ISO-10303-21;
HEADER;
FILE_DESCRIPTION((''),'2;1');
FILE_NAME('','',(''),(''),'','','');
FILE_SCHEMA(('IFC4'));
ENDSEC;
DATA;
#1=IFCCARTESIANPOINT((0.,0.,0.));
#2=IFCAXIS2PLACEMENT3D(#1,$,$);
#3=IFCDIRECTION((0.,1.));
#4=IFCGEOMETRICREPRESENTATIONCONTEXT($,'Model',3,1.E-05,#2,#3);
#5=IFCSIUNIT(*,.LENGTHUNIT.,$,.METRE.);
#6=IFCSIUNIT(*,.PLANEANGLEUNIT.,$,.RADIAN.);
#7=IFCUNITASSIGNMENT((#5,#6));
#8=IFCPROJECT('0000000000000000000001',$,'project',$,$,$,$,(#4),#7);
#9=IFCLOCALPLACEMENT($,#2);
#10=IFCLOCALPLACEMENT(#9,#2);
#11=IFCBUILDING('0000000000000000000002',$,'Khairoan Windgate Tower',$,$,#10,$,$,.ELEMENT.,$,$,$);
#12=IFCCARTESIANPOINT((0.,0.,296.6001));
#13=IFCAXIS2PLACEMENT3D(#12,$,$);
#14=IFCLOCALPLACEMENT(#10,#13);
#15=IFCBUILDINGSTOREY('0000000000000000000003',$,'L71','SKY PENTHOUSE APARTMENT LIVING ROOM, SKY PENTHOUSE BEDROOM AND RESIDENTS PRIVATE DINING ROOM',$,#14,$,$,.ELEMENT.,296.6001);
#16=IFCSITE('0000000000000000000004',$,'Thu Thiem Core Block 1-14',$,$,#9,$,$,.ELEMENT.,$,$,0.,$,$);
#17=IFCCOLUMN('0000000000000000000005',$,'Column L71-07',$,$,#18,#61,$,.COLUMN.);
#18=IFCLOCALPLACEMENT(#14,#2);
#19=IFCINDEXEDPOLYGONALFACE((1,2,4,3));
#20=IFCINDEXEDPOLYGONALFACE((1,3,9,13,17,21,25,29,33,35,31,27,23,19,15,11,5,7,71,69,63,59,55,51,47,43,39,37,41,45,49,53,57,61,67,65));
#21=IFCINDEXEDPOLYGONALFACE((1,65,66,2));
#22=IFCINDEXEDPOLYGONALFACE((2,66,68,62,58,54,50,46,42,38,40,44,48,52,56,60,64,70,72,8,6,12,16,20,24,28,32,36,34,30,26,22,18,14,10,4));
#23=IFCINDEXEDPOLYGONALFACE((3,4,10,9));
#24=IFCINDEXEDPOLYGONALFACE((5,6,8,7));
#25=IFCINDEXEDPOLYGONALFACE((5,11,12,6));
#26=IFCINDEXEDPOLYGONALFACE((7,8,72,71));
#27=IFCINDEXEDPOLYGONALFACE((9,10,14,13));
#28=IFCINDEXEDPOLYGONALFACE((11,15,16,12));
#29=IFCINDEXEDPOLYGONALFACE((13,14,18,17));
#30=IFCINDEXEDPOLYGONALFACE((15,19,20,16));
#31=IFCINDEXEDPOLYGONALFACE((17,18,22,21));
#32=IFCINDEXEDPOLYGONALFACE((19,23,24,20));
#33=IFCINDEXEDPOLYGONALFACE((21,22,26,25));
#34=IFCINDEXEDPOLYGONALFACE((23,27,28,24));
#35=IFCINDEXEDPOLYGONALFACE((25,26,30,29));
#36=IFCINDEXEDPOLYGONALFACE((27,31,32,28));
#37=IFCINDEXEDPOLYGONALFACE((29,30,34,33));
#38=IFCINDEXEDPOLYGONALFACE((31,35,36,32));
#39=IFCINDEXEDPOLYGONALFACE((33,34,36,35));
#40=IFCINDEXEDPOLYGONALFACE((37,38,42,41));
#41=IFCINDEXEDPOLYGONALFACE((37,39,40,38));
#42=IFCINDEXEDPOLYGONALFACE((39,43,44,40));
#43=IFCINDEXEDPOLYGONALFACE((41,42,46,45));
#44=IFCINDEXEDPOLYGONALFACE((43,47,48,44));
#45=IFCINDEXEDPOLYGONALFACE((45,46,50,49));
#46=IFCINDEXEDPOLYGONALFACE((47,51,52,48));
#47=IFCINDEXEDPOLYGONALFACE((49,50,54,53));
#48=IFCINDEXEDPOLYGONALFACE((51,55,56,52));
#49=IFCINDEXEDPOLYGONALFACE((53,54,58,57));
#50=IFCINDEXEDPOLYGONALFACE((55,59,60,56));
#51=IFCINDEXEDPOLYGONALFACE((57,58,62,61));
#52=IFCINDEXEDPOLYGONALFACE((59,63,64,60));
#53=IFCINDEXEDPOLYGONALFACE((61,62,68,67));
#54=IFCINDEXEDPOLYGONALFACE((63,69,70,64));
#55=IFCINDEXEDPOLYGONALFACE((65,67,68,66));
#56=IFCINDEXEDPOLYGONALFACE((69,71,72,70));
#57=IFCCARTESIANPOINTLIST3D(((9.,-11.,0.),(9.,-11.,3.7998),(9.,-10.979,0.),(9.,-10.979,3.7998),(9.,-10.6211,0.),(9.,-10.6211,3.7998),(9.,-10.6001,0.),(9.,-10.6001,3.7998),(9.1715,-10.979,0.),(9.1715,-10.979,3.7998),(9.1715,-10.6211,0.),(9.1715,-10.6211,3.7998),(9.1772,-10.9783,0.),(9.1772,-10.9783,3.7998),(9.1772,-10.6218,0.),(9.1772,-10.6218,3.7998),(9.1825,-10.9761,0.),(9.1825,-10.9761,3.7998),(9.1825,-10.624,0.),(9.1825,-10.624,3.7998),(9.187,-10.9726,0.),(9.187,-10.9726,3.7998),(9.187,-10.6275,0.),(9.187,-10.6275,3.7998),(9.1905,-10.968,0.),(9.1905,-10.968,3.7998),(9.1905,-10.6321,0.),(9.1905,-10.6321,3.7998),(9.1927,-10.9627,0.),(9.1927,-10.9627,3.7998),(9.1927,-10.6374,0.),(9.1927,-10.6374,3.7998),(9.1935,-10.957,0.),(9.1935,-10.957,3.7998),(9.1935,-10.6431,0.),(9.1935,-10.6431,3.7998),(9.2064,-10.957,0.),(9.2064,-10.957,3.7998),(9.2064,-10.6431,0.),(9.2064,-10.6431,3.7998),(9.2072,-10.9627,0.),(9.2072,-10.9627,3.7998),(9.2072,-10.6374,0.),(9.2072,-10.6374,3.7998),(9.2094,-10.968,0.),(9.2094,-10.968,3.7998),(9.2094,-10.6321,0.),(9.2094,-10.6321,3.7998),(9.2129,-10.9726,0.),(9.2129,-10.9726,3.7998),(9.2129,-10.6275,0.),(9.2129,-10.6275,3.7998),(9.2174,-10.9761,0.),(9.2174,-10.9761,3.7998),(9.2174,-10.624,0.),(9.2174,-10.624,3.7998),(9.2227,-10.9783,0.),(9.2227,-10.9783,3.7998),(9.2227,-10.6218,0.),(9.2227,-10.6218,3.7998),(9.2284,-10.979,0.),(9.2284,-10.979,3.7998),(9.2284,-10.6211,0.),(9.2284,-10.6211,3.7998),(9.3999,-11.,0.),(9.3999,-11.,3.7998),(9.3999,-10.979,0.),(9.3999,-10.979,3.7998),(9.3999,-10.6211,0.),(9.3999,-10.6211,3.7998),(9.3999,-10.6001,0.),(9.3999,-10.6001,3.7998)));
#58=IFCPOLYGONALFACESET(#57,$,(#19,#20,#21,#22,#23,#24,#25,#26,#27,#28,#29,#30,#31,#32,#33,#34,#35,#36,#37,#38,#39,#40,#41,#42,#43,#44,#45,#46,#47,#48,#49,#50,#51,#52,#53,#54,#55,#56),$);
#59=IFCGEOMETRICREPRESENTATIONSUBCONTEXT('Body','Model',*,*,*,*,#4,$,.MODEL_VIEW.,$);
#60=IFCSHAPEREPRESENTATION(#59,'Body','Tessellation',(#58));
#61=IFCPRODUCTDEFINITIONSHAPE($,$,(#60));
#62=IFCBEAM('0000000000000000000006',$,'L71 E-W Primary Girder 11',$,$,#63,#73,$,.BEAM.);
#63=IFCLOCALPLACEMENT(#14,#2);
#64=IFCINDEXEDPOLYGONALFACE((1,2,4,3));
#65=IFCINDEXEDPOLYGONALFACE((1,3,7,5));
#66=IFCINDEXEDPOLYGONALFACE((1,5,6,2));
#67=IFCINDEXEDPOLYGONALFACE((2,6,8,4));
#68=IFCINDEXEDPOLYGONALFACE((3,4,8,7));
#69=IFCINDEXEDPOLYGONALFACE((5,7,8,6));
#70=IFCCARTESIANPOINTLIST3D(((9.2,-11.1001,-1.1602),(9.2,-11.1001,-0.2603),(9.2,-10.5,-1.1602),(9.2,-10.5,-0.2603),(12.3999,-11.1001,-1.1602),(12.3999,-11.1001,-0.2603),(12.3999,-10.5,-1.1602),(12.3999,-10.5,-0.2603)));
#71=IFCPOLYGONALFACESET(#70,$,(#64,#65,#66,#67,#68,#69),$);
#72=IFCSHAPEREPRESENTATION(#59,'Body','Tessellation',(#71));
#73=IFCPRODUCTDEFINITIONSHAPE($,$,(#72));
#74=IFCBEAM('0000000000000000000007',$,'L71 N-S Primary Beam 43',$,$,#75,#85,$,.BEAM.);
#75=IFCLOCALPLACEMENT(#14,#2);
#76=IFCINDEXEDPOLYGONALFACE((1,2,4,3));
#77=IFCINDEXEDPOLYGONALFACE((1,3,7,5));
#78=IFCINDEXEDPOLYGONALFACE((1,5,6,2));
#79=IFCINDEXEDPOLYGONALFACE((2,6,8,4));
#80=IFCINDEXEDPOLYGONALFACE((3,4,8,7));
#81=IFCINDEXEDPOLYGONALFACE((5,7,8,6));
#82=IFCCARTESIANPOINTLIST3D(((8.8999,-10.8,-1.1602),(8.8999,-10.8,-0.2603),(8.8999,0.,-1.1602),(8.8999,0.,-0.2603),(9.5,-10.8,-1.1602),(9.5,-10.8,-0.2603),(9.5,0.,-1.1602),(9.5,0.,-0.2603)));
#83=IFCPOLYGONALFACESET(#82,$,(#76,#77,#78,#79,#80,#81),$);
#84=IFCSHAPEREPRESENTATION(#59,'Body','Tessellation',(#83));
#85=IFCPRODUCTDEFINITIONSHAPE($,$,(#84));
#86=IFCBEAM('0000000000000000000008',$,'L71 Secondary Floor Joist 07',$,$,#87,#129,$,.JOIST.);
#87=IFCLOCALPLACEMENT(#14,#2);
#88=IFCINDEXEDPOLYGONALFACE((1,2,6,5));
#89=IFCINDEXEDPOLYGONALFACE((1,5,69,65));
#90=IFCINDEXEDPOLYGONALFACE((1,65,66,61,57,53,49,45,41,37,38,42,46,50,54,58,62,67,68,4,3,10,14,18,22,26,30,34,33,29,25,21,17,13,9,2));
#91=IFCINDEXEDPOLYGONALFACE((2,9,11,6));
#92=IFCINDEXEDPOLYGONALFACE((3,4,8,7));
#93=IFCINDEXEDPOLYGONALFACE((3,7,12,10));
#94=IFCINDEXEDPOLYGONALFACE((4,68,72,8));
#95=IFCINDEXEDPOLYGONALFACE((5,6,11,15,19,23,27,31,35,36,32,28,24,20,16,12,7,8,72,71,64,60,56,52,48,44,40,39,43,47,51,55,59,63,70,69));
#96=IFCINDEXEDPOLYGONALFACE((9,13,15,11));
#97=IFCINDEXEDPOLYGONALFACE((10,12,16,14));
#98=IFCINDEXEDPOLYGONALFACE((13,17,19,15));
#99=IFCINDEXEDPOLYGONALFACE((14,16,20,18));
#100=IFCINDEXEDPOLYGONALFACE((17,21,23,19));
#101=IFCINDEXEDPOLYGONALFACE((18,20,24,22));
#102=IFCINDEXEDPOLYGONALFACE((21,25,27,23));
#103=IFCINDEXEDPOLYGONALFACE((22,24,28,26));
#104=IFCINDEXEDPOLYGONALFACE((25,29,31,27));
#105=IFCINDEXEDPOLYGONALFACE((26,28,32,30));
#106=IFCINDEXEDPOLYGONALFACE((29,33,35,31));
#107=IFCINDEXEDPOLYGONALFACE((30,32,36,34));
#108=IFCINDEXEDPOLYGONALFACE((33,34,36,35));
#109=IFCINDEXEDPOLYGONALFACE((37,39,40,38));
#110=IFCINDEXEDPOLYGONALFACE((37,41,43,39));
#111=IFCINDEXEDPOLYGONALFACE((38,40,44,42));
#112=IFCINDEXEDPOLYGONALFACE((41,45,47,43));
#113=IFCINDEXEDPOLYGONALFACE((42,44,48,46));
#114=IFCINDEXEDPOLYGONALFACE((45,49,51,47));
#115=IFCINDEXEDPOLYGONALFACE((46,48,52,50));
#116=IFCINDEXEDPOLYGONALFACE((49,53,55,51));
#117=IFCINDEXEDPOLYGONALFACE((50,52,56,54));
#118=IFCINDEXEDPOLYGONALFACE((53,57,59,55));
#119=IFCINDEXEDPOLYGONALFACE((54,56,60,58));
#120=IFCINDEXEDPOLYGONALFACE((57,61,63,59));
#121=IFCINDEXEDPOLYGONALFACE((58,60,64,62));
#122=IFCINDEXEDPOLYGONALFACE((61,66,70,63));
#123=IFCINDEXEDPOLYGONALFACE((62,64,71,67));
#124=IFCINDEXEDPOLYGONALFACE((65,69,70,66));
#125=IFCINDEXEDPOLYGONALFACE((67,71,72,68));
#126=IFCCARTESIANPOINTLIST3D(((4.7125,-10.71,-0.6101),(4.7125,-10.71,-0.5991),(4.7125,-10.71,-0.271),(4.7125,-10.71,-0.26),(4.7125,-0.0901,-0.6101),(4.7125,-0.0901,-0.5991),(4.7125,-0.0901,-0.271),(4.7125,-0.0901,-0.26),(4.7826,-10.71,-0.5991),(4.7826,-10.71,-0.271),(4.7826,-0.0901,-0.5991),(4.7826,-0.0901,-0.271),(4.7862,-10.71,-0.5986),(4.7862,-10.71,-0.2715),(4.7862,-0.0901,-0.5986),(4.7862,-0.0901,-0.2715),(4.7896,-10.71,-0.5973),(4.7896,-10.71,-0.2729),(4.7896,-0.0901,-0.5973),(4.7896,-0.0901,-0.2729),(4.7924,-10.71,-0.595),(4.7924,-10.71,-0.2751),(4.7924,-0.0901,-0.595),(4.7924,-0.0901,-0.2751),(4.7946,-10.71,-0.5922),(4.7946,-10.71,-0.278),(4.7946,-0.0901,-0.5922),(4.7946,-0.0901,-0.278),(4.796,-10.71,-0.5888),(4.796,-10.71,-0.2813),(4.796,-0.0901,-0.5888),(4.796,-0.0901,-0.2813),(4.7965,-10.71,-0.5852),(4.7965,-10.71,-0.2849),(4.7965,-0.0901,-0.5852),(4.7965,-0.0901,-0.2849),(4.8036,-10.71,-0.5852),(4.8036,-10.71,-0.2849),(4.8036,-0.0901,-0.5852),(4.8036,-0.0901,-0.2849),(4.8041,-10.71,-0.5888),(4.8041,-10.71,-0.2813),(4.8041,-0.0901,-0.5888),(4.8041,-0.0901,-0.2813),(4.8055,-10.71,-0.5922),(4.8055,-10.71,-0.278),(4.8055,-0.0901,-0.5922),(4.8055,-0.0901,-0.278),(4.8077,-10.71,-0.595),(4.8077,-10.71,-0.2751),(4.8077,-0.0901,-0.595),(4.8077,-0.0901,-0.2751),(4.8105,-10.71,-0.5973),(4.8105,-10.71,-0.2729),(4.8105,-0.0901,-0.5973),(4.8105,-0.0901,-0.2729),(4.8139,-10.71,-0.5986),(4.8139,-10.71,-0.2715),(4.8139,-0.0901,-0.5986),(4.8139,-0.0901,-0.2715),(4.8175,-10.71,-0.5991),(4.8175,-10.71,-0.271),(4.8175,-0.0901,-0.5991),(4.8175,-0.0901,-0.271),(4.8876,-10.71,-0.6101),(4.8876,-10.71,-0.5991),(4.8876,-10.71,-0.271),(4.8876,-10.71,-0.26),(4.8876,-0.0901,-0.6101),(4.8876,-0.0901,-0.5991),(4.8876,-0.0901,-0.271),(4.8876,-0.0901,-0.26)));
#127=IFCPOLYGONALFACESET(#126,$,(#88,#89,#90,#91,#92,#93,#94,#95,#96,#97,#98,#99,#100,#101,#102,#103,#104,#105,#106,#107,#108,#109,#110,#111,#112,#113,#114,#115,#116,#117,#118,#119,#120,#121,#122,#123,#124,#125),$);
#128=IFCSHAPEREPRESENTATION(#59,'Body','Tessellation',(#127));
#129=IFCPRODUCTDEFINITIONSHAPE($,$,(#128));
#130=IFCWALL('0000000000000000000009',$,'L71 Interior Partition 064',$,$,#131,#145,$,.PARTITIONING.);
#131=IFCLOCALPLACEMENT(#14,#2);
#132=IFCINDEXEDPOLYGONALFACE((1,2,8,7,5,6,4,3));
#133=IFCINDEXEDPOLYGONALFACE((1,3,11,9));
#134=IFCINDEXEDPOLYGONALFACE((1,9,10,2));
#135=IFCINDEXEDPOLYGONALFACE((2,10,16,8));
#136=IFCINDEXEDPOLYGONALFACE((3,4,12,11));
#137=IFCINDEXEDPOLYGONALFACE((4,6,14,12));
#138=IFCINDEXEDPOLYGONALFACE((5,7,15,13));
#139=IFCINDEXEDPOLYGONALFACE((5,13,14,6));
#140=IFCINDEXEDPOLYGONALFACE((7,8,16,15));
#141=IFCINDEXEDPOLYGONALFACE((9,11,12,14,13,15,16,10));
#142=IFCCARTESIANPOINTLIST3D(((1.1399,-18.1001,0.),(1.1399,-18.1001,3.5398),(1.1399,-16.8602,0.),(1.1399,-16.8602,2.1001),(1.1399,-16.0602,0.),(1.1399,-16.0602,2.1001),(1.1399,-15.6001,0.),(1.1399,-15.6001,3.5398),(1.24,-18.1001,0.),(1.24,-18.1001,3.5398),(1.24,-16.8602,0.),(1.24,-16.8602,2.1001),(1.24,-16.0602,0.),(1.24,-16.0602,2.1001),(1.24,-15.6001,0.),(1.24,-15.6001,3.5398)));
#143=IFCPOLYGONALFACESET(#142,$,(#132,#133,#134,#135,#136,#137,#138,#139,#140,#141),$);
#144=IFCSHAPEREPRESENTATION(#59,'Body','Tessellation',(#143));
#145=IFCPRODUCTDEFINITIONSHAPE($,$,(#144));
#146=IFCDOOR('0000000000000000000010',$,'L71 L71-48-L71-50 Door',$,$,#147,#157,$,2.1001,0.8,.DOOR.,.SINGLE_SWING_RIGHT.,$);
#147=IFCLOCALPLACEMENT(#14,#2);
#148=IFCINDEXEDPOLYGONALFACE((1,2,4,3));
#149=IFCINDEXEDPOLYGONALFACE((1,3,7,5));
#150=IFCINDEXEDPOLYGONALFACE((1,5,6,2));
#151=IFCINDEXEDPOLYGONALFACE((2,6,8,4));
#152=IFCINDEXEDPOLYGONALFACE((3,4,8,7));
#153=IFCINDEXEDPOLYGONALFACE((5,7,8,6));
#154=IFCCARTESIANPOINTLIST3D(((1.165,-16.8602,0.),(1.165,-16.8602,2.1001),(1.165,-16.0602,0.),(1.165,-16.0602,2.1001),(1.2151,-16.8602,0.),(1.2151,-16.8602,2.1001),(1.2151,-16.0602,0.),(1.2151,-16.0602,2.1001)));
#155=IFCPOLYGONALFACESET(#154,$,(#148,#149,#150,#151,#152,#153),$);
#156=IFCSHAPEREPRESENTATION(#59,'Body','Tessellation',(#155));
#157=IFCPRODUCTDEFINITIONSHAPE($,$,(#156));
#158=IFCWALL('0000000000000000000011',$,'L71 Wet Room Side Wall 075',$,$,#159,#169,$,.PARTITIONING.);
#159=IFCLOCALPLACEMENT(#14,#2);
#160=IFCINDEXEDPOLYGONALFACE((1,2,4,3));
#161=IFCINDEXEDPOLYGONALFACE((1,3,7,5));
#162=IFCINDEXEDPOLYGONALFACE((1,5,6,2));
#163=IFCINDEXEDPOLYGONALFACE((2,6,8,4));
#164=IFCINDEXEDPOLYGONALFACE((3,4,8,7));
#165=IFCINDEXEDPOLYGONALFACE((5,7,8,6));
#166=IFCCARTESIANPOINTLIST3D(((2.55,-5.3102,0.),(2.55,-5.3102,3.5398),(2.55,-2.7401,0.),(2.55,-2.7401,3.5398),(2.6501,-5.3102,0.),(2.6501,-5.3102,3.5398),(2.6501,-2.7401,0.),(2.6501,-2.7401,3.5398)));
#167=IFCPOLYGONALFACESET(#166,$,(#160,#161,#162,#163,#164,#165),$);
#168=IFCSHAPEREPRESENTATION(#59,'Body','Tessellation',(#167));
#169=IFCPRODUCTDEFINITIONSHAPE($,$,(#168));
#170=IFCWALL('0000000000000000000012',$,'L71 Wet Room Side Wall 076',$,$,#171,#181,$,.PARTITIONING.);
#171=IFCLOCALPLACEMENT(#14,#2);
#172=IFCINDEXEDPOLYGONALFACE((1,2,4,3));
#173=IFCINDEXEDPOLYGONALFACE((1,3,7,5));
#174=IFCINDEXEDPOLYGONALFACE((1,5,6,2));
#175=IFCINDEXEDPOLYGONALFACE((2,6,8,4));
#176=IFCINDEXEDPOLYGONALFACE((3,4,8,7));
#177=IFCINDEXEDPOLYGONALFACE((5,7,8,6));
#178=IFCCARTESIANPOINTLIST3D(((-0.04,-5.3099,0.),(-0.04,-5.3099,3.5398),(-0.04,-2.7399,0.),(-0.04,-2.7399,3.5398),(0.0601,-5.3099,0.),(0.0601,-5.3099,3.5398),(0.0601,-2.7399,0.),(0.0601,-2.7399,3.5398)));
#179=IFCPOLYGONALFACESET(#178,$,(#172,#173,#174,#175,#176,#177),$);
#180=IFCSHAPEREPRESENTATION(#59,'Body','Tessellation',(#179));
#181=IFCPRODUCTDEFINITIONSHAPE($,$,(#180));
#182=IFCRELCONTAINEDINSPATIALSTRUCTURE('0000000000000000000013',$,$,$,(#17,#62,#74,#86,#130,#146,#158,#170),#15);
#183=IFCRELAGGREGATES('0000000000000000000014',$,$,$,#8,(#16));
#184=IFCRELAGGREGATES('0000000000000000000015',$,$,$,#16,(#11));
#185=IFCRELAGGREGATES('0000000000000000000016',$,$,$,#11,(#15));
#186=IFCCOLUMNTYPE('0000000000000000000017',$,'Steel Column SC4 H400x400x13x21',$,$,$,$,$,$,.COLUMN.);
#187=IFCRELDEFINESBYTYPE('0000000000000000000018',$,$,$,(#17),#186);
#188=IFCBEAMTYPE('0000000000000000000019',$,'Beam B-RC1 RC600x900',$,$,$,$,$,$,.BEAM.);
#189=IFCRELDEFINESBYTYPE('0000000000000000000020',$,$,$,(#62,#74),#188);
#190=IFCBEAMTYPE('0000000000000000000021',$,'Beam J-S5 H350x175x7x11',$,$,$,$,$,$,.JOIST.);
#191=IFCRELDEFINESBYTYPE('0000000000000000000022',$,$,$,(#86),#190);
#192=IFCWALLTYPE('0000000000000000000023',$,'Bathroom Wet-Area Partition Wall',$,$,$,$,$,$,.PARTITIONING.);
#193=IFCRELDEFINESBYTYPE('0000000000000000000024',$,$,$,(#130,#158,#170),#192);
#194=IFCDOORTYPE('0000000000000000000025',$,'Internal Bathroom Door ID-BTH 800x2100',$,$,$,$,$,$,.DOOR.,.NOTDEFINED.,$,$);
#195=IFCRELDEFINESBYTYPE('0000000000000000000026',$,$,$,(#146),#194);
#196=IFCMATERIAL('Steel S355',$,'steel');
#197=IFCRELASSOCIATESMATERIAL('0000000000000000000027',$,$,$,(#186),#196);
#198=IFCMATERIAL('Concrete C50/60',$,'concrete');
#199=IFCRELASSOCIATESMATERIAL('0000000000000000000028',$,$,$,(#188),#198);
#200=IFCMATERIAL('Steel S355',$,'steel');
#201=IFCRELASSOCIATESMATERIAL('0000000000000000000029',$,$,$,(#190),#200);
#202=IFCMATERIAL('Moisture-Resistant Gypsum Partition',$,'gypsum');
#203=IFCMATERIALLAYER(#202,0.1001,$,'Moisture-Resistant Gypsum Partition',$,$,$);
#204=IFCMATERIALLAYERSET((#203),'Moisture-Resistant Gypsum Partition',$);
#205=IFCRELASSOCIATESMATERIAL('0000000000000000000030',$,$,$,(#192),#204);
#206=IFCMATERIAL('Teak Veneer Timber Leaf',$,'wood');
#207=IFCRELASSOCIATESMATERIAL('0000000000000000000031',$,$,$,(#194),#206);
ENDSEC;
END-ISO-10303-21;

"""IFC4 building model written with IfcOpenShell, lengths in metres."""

from ifc_helpers import new_model, si_unit, direction, frame, frame_2d, origin, origin_2d, place, context, subcontext, project, spatial, rectangle, i_section, extrude, material, layer, layer_set, material_profile, profile_set, type_object, element, fill, save


model = new_model("IFC4")

# Units and contexts
model_context = context("Model", 3, precision=1e-05, world=origin(), true_north=direction((0.0, 1.0)))
body_context = subcontext(model_context, "Body", "Model", "MODEL_VIEW")
ifc_project = project(units=[si_unit("LENGTHUNIT", "METRE"), si_unit("PLANEANGLEUNIT", "RADIAN")], contexts=[model_context])

# Site, building, storey
site_placement = place(None, origin())
site = spatial("IfcSite", under=ifc_project, at=site_placement, Name="Thu Thiem Core Block 1-14", CompositionType="ELEMENT", RefElevation=0.0)
building_placement = place(site_placement, origin())
building = spatial("IfcBuilding", under=site, at=building_placement, Name="Khairoan Windgate Tower", CompositionType="ELEMENT")
storey_placement = place(building_placement, frame((0.0, 0.0, 296.6001)))
storey = spatial("IfcBuildingStorey", under=building, at=storey_placement, Name="L71", Description="SKY PENTHOUSE APARTMENT LIVING ROOM, SKY PENTHOUSE BEDROOM AND RESIDENTS PRIVATE DINING ROOM", CompositionType="ELEMENT", Elevation=296.6001)

# Column
ifc_material_1 = material(Name="Steel S355", Category="steel")
ifc_material_profile_1 = material_profile(ifc_material_1, i_section(OverallWidth=0.3999, OverallDepth=0.3999, WebThickness=0.0129, FlangeThickness=0.021, FilletRadius=0.022, at=origin_2d()))
ifc_profile_set_1 = profile_set([ifc_material_profile_1], Name="Steel S355")
column_type = type_object("IfcColumnType", Name="Steel Column SC4 H400x400x13x21", PredefinedType="COLUMN", material=ifc_profile_set_1)
column_placement = place(storey_placement, frame((9.2, -10.8, 0.0), z_axis=(0.0, 0.0, 1.0), x_axis=(1.0, 0.0, 0.0)))
element("IfcColumn", 1, at=column_placement, inside=storey, type_object=column_type, Name="Column L71-07", PredefinedType="COLUMN", context=body_context, shape_type="SweptSolid", body=[
    extrude(i_section(OverallWidth=0.3999, OverallDepth=0.3999, WebThickness=0.0129, FlangeThickness=0.021, FilletRadius=0.022, at=origin_2d()), origin(), (0.0, 0.0, 1.0), 3.7998),
])

# Beams
ifc_material_2 = material(Name="Concrete C50/60", Category="concrete")
ifc_material_profile_2 = material_profile(ifc_material_2, rectangle(XDim=0.6001, YDim=0.8999, at=origin_2d()))
ifc_profile_set_2 = profile_set([ifc_material_profile_2], Name="Concrete C50/60")
beam_type_1 = type_object("IfcBeamType", Name="Beam B-RC1 RC600x900", PredefinedType="BEAM", material=ifc_profile_set_2)
beam_1_placement = place(storey_placement, frame((9.2, -10.8, -0.7102), z_axis=(1.0, 0.0, 0.0), x_axis=(0.0, 1.0, 0.0)))
element("IfcBeam", 2, at=beam_1_placement, inside=storey, type_object=beam_type_1, Name="L71 E-W Primary Girder 11", PredefinedType="BEAM", context=body_context, shape_type="SweptSolid", body=[
    extrude(rectangle(XDim=0.6001, YDim=0.8999, at=origin_2d()), origin(), (0.0, 0.0, 1.0), 3.2),
])
beam_2_placement = place(storey_placement, frame((9.2, -10.8, -0.7102), z_axis=(0.0, 1.0, 0.0), x_axis=(-1.0, 0.0, 0.0)))
element("IfcBeam", 3, at=beam_2_placement, inside=storey, type_object=beam_type_1, Name="L71 N-S Primary Beam 43", PredefinedType="BEAM", context=body_context, shape_type="SweptSolid", body=[
    extrude(rectangle(XDim=0.6001, YDim=0.8999, at=origin_2d()), origin(), (0.0, 0.0, 1.0), 10.8),
])
ifc_material_3 = material(Name="Steel S355", Category="steel")
ifc_material_profile_3 = material_profile(ifc_material_3, i_section(OverallWidth=0.175, OverallDepth=0.3501, WebThickness=0.0071, FlangeThickness=0.011, FilletRadius=0.0139, at=origin_2d()))
ifc_profile_set_3 = profile_set([ifc_material_profile_3], Name="Steel S355")
beam_type_2 = type_object("IfcBeamType", Name="Beam J-S5 H350x175x7x11", PredefinedType="JOIST", material=ifc_profile_set_3)
beam_3_placement = place(storey_placement, frame((4.8, -10.71, -0.4351), z_axis=(0.0, 1.0, 0.0), x_axis=(-1.0, 0.0, 0.0)))
element("IfcBeam", 4, at=beam_3_placement, inside=storey, type_object=beam_type_2, Name="L71 Secondary Floor Joist 07", PredefinedType="JOIST", context=body_context, shape_type="SweptSolid", body=[
    extrude(i_section(OverallWidth=0.175, OverallDepth=0.3501, WebThickness=0.0071, FlangeThickness=0.011, FilletRadius=0.0139, at=origin_2d()), origin(), (0.0, 0.0, 1.0), 10.6199),
])

# Wall, opening, door
ifc_material_4 = material(Name="Moisture-Resistant Gypsum Partition", Category="gypsum")
ifc_layer_1 = layer(ifc_material_4, 0.1001, Name="Moisture-Resistant Gypsum Partition")
ifc_layer_set_1 = layer_set([ifc_layer_1], Name="Moisture-Resistant Gypsum Partition")
wall_type_1 = type_object("IfcWallType", Name="Bathroom Wet-Area Partition Wall", PredefinedType="PARTITIONING", material=ifc_layer_set_1)
wall_1_placement = place(storey_placement, frame((1.1899, -18.1001, 0.0), z_axis=(0.0, 0.0, 1.0), x_axis=(0.0, 1.0, 0.0)))
wall_1 = element("IfcWall", 5, at=wall_1_placement, inside=storey, type_object=wall_type_1, Name="L71 Interior Partition 064", PredefinedType="PARTITIONING", context=body_context, shape_type="SweptSolid", body=[
    extrude(rectangle(XDim=2.5, YDim=0.1001, at=frame_2d((1.25, 0.0))), origin(), (0.0, 0.0, 1.0), 3.5398),
])
opening_1_placement = place(wall_1_placement, frame((1.24, 0.0, 0.0)))
opening_1 = element("IfcOpeningElement", 6, at=opening_1_placement, cuts=wall_1, PredefinedType="OPENING", context=body_context, shape_type="SweptSolid", body=[
    extrude(rectangle(XDim=0.8, YDim=2.1001, at=frame_2d((0.3999, 1.05))), frame((0.0, 0.0601, 0.0), z_axis=(0.0, -1.0, 0.0), x_axis=(1.0, 0.0, 0.0)), (0.0, 0.0, 1.0), 0.1201),
])
ifc_material_5 = material(Name="Teak Veneer Timber Leaf", Category="wood")
door_type_1 = type_object("IfcDoorType", Name="Internal Bathroom Door ID-BTH 800x2100", OperationType="NOTDEFINED", PredefinedType="DOOR", material=ifc_material_5)
door_1_placement = place(opening_1_placement, origin())
door_1 = element("IfcDoor", 7, at=door_1_placement, inside=storey, type_object=door_type_1, Name="L71 L71-48-L71-50 Door", OperationType="SINGLE_SWING_RIGHT", OverallHeight=2.1001, OverallWidth=0.8, PredefinedType="DOOR", context=body_context, shape_type="SweptSolid", body=[
    extrude(rectangle(XDim=0.8, YDim=2.1001, at=frame_2d((0.3999, 1.05))), frame((0.0, 0.0249, 0.0), z_axis=(0.0, -1.0, 0.0), x_axis=(1.0, 0.0, 0.0)), (0.0, 0.0, 1.0), 0.05),
])
fill(opening_1, door_1)

# Walls
for number, where, z_axis, x_axis, name in (
    (8, (2.6001, -2.74, 0.0), (0.0, 0.0, 1.0), (0.0, -1.0, 0.0), "L71 Wet Room Side Wall 075"),
    (9, (0.01, -5.3101, 0.0), (0.0, 0.0, 1.0), (0.0, 1.0, 0.0), "L71 Wet Room Side Wall 076"),
):
    element("IfcWall", number, at=place(storey_placement, frame(where, z_axis=z_axis, x_axis=x_axis)), inside=storey, type_object=wall_type_1, Name=name, PredefinedType="PARTITIONING", context=body_context, shape_type="SweptSolid", body=[
        extrude(rectangle(XDim=2.5701, YDim=0.1001, at=frame_2d((1.2852, 0.0))), origin(), (0.0, 0.0, 1.0), 3.5398),
    ])

save(model, "model.ifc")
